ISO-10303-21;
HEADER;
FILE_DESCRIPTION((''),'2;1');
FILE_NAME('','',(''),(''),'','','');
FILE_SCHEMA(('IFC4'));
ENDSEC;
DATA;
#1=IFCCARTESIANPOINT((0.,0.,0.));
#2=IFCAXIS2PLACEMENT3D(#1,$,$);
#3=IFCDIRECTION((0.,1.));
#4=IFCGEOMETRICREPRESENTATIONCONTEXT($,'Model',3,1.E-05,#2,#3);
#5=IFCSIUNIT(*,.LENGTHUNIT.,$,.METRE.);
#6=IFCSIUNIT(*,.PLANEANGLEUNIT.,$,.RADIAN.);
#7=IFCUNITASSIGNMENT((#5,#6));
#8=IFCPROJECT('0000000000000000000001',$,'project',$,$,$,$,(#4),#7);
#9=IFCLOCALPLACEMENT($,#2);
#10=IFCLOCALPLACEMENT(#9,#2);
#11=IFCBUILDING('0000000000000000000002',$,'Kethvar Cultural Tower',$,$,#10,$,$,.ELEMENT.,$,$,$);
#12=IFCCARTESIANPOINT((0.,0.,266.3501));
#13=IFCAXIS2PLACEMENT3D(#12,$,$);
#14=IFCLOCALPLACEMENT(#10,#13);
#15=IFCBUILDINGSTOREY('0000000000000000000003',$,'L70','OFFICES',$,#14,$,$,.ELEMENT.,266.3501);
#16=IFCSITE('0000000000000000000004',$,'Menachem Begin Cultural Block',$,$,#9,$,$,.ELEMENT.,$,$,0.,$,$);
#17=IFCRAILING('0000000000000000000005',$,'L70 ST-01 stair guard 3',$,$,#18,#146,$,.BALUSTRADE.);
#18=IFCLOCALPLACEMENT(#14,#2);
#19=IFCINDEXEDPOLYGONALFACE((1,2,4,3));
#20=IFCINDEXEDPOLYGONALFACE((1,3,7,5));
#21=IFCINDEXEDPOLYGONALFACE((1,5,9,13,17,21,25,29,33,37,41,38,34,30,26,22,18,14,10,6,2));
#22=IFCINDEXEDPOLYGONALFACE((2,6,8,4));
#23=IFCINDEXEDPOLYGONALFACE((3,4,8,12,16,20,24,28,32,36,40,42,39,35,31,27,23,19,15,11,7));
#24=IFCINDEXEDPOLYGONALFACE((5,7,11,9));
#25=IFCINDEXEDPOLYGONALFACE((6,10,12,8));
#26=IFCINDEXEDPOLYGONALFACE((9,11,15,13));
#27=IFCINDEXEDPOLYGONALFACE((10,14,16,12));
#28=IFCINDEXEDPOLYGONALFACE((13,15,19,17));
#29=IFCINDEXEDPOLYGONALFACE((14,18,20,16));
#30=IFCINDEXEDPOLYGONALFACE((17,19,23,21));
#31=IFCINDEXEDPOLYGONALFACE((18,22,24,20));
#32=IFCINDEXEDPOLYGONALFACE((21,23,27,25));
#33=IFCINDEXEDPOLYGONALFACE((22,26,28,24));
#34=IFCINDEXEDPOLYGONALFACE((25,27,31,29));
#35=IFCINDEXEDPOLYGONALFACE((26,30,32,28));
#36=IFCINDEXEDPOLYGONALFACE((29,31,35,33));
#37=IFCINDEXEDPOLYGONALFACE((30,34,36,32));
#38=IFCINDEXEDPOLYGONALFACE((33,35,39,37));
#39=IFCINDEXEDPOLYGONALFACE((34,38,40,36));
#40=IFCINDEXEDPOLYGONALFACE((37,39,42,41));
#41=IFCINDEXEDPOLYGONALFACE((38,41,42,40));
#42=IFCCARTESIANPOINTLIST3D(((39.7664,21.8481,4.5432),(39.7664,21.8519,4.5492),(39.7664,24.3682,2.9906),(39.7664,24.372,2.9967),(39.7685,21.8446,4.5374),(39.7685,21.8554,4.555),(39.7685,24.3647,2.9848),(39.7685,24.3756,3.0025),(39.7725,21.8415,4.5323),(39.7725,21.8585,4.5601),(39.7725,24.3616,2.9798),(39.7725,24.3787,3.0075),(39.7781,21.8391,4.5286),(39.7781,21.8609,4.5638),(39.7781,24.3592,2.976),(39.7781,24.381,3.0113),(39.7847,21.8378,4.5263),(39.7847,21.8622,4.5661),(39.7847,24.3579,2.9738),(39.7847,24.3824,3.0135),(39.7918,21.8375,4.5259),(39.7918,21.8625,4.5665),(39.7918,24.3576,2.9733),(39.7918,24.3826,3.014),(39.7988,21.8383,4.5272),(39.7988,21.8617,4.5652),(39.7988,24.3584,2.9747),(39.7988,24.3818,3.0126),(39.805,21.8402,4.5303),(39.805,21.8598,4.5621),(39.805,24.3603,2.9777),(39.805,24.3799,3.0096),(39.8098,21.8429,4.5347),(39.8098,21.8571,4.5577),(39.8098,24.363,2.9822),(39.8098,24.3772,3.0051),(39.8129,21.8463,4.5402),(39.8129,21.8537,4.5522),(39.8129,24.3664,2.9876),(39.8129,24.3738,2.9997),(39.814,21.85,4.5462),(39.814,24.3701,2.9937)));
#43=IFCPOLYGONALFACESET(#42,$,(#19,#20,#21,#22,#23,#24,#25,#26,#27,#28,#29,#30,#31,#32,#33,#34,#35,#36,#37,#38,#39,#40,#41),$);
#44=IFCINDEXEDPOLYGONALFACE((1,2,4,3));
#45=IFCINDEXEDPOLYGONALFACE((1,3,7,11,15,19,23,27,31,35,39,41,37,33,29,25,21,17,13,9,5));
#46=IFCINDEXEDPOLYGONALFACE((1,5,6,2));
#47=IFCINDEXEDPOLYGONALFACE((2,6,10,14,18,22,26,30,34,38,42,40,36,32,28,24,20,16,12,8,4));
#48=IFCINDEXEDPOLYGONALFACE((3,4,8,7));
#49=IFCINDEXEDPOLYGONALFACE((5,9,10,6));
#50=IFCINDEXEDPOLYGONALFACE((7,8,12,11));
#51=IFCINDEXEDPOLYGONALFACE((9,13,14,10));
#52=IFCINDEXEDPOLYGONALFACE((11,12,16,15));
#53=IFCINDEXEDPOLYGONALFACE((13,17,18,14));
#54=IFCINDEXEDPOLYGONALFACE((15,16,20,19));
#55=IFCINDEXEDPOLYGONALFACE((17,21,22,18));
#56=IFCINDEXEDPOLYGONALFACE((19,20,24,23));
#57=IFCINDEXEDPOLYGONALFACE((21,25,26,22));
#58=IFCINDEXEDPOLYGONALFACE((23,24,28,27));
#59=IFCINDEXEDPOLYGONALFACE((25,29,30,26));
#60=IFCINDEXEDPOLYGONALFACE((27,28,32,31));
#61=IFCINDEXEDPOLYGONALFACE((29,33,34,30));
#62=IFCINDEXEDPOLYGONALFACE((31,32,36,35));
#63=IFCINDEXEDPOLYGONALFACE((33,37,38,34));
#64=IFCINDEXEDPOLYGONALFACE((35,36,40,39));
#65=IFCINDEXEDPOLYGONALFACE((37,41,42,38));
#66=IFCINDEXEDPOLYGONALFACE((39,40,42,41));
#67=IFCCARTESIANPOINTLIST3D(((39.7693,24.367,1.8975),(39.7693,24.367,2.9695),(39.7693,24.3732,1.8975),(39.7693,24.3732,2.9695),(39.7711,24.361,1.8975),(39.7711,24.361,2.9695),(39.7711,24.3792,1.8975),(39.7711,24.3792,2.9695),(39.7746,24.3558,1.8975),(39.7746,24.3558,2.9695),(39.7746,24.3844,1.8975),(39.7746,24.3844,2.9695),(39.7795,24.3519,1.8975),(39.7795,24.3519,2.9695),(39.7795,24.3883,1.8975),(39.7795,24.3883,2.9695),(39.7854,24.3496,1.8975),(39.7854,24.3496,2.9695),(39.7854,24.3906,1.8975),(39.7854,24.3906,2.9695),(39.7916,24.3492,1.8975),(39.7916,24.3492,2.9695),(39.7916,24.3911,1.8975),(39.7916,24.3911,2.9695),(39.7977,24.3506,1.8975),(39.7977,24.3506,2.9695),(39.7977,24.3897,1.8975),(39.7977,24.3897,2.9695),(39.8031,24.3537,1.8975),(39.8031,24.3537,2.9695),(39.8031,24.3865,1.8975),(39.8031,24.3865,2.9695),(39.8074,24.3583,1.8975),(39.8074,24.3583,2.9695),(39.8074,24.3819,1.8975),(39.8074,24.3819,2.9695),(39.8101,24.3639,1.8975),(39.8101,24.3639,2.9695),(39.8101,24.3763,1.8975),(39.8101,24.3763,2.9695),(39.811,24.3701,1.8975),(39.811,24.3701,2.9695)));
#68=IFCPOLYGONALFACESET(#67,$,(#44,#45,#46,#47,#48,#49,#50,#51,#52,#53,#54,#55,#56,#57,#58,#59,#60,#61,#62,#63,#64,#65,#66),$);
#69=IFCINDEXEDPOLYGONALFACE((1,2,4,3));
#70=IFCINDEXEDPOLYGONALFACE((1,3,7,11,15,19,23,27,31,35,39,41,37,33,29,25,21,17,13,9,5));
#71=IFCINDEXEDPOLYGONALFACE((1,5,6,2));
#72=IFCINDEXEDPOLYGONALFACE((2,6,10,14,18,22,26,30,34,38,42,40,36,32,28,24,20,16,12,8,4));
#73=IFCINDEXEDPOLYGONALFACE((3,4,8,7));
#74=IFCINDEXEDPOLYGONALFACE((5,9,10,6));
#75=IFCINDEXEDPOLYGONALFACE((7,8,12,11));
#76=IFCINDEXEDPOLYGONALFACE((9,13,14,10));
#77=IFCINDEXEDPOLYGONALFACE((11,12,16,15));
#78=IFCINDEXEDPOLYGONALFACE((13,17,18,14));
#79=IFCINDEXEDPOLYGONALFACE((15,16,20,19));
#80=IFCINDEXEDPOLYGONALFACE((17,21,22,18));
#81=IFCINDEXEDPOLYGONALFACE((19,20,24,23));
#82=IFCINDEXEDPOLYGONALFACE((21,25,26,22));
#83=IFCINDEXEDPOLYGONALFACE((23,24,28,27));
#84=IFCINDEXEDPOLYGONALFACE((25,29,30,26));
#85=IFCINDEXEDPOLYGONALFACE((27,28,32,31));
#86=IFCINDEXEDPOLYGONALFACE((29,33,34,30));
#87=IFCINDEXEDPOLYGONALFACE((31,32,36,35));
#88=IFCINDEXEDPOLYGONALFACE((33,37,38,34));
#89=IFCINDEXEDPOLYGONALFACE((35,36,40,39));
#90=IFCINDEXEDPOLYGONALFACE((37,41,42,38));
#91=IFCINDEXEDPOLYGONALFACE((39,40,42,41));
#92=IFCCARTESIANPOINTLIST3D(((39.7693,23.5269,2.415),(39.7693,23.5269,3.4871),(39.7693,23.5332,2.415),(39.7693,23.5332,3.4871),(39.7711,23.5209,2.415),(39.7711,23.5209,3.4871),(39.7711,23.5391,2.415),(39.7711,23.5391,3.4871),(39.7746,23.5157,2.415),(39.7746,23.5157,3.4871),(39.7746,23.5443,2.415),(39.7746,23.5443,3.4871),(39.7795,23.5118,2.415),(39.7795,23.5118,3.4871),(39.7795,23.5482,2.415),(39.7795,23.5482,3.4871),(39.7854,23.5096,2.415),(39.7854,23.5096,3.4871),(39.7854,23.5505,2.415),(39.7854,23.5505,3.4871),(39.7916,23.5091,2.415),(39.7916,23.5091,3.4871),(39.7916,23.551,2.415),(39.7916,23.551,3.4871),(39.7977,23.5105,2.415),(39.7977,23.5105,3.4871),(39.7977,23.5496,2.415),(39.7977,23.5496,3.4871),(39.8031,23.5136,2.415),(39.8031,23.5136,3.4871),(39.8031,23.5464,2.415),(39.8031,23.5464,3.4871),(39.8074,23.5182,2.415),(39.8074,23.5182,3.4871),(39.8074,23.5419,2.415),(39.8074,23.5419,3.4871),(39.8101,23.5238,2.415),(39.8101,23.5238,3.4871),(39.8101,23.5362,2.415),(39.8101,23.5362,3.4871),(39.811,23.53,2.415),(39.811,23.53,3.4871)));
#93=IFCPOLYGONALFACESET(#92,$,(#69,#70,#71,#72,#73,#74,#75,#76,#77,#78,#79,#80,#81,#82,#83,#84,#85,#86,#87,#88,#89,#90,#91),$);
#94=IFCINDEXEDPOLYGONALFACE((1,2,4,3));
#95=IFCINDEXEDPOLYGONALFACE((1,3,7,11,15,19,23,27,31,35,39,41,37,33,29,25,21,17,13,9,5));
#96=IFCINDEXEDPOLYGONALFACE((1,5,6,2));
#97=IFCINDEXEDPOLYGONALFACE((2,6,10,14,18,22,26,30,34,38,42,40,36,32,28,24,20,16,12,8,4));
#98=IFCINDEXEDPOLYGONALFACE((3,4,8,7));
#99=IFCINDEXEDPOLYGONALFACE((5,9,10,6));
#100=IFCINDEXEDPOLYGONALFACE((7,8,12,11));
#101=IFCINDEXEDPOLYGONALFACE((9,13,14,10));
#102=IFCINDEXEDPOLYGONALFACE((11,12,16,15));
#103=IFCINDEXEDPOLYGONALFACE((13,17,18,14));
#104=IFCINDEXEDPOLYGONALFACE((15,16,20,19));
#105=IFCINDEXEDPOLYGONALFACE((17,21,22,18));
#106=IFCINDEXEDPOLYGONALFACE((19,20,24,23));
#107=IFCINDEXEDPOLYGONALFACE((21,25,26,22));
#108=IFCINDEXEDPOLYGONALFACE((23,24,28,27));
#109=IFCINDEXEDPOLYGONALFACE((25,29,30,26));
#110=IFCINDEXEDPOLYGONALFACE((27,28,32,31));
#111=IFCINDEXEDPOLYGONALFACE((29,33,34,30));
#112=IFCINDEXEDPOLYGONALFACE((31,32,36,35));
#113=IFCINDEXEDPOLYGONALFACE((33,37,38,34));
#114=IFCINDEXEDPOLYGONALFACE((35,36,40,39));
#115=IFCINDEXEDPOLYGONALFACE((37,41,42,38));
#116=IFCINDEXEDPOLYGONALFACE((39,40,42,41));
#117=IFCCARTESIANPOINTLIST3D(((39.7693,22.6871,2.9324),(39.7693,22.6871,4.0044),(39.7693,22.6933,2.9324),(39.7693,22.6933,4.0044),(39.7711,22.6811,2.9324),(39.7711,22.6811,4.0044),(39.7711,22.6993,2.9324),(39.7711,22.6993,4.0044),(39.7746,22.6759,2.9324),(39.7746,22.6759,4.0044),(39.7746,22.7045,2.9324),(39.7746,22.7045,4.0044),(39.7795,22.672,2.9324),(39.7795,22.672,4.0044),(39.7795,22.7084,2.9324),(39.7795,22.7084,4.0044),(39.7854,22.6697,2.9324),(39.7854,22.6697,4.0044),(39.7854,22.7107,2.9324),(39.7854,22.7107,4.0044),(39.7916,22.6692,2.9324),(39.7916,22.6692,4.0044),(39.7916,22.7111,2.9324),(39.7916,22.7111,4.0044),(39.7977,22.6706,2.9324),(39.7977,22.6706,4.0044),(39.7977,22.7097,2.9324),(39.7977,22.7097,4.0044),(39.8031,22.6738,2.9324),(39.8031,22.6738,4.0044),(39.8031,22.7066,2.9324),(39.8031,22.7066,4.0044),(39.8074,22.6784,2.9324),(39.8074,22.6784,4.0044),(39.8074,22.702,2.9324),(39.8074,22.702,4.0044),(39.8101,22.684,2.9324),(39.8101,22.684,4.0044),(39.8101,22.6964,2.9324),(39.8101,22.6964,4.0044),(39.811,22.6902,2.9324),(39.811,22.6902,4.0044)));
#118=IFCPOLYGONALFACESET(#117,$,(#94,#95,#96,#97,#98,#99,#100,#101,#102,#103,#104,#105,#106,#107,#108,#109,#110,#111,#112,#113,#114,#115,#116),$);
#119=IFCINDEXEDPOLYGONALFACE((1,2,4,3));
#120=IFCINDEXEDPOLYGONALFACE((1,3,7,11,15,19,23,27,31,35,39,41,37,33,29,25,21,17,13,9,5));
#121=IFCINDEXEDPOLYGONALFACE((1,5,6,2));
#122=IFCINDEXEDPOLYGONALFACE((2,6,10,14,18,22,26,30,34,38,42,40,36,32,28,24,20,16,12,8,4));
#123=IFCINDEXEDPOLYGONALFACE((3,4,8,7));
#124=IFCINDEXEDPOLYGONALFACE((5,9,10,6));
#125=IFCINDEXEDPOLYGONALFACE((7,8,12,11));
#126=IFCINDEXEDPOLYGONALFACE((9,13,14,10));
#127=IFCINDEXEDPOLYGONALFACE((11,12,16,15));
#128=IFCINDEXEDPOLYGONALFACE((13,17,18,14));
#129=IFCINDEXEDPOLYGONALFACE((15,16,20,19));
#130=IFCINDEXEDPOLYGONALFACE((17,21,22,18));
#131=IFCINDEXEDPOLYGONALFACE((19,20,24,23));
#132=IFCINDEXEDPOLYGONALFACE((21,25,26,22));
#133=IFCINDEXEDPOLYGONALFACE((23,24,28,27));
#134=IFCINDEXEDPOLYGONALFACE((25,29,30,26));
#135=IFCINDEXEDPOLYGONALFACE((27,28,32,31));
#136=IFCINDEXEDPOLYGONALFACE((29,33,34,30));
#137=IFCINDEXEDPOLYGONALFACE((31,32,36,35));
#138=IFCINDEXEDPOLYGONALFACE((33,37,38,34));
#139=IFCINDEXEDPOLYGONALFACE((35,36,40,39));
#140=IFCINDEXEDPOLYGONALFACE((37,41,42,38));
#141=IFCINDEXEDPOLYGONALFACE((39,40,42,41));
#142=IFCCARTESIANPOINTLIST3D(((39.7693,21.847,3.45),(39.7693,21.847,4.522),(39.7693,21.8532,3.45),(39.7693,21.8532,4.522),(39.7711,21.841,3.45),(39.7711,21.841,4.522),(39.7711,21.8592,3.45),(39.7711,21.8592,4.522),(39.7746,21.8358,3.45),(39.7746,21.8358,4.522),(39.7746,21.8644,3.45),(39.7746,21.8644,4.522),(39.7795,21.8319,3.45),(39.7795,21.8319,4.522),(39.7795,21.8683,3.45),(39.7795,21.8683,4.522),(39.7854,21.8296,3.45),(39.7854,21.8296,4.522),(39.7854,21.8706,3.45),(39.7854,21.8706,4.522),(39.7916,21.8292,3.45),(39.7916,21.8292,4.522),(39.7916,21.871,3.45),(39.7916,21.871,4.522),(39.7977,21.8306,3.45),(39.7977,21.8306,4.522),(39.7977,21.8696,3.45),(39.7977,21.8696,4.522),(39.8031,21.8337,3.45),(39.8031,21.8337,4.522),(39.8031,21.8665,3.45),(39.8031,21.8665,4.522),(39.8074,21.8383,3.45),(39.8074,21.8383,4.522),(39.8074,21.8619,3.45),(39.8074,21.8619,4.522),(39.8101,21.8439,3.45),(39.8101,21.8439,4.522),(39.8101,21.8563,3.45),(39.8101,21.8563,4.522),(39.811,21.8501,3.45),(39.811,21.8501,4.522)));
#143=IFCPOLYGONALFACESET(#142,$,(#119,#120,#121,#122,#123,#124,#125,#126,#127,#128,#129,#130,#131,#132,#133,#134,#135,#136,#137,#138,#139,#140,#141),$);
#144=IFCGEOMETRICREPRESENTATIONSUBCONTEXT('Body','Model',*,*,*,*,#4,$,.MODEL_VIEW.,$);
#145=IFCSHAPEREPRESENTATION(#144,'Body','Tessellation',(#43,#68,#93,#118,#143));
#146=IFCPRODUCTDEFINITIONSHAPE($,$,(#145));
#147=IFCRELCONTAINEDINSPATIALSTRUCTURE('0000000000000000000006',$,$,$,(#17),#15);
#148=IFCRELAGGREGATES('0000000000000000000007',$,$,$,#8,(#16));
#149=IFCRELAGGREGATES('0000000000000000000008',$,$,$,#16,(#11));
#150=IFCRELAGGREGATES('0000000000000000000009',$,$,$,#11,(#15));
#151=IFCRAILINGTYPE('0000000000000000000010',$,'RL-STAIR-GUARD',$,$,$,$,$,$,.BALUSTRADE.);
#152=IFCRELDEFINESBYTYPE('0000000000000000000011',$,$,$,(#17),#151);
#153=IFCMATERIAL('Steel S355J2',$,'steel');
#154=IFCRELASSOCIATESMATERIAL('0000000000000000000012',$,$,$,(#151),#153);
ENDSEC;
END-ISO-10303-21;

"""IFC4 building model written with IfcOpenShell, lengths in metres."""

from ifc_helpers import new_model, si_unit, direction, frame, origin, origin_2d, place, context, subcontext, project, spatial, circle, extrude, material, type_object, element, save


model = new_model("IFC4")

# Units and contexts
model_context = context("Model", 3, precision=1e-05, world=origin(), true_north=direction((0.0, 1.0)))
body_context = subcontext(model_context, "Body", "Model", "MODEL_VIEW")
ifc_project = project(units=[si_unit("LENGTHUNIT", "METRE"), si_unit("PLANEANGLEUNIT", "RADIAN")], contexts=[model_context])

# Site, building, storey
site_placement = place(None, origin())
site = spatial("IfcSite", under=ifc_project, at=site_placement, Name="Menachem Begin Cultural Block", CompositionType="ELEMENT", RefElevation=0.0)
building_placement = place(site_placement, origin())
building = spatial("IfcBuilding", under=site, at=building_placement, Name="Kethvar Cultural Tower", CompositionType="ELEMENT")
storey_placement = place(building_placement, frame((0.0, 0.0, 266.3501)))
storey = spatial("IfcBuildingStorey", under=building, at=storey_placement, Name="L70", Description="OFFICES", CompositionType="ELEMENT", Elevation=266.3501)

# Shared definitions
ifc_material_1 = material(Name="Steel S355J2", Category="steel")

# Railing
railing_type_1 = type_object("IfcRailingType", Name="RL-STAIR-GUARD", PredefinedType="BALUSTRADE", material=ifc_material_1)
railing_1_placement = place(storey_placement, frame((39.79, 24.3701, 1.8975)))
element("IfcRailing", 1, at=railing_1_placement, inside=storey, type_object=railing_type_1, Name="L70 ST-01 stair guard 3", PredefinedType="BALUSTRADE", context=body_context, shape_type="SweptSolid", body=[
    extrude(circle(Radius=0.0239, at=origin_2d()), frame((0.0, 0.0, 1.0962), z_axis=(0.0, -0.8514, 0.524516), x_axis=(1.0, 0.0, 0.0)), (0.0, 0.0, 1.0), 2.96),
    extrude(circle(Radius=0.021, at=origin_2d()), origin(), (0.0, 0.0, 1.0), 1.072),
    extrude(circle(Radius=0.021, at=origin_2d()), frame((0.0, -0.8401, 0.5176)), (0.0, 0.0, 1.0), 1.072),
    extrude(circle(Radius=0.021, at=origin_2d()), frame((0.0, -1.6799, 1.0349)), (0.0, 0.0, 1.0), 1.072),
    extrude(circle(Radius=0.021, at=origin_2d()), frame((0.0, -2.52, 1.5525)), (0.0, 0.0, 1.0), 1.072),
])

save(model, "model.ifc")
